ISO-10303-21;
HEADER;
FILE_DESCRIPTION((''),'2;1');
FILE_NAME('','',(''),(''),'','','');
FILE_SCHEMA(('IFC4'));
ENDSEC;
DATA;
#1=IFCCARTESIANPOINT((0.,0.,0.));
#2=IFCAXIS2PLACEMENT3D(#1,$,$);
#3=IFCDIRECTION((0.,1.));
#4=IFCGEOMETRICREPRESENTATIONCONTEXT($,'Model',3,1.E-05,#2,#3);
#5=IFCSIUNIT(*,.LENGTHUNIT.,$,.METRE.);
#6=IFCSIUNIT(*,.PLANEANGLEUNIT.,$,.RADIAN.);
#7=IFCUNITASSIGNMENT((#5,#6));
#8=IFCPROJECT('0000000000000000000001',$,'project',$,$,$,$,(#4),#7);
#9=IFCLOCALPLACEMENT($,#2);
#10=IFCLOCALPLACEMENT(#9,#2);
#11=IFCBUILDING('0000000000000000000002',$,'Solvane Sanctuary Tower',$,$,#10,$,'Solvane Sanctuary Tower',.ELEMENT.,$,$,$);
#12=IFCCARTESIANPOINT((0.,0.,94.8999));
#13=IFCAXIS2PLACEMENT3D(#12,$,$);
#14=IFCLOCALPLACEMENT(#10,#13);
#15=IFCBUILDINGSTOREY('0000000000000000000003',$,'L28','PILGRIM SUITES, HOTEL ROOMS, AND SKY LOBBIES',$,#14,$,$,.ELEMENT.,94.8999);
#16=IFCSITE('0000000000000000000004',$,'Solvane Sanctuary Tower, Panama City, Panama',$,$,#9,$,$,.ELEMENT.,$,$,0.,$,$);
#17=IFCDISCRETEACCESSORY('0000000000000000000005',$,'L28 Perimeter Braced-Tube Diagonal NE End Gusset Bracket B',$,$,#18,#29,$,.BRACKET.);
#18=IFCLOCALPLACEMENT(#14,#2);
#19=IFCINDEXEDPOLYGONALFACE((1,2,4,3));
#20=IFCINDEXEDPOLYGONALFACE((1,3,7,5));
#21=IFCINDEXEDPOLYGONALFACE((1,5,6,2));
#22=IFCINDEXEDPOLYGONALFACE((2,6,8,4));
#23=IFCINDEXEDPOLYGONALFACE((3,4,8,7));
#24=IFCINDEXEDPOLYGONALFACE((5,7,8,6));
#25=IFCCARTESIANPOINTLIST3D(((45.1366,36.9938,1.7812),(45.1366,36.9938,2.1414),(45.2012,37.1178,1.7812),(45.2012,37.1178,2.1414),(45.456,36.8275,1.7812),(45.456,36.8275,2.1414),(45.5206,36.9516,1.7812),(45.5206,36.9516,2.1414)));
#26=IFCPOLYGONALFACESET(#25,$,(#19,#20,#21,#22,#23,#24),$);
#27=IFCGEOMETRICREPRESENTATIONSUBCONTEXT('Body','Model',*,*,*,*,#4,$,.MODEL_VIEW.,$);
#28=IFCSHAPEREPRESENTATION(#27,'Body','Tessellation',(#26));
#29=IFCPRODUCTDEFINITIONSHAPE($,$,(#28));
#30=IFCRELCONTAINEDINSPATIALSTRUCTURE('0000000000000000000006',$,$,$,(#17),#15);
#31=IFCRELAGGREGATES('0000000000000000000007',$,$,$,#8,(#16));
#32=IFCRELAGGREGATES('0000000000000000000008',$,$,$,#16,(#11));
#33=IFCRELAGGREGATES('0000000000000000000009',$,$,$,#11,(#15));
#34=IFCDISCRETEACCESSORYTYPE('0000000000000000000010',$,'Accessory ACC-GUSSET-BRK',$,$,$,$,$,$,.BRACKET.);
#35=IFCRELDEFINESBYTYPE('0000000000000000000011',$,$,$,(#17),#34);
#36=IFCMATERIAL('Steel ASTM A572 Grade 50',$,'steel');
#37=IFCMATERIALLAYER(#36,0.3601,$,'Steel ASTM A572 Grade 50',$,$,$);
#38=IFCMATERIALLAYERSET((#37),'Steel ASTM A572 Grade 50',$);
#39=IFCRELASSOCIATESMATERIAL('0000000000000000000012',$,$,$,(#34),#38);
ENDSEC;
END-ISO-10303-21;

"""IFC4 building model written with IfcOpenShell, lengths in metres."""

from ifc_helpers import new_model, si_unit, direction, frame, origin, origin_2d, place, context, subcontext, project, spatial, rectangle, extrude, material, layer, layer_set, type_object, element, save


model = new_model("IFC4")

# Units and contexts
model_context = context("Model", 3, precision=1e-05, world=origin(), true_north=direction((0.0, 1.0)))
body_context = subcontext(model_context, "Body", "Model", "MODEL_VIEW")
ifc_project = project(units=[si_unit("LENGTHUNIT", "METRE"), si_unit("PLANEANGLEUNIT", "RADIAN")], contexts=[model_context])

# Site, building, storey
site_placement = place(None, origin())
site = spatial("IfcSite", under=ifc_project, at=site_placement, Name="Solvane Sanctuary Tower, Panama City, Panama", CompositionType="ELEMENT", RefElevation=0.0)
building_placement = place(site_placement, origin())
building = spatial("IfcBuilding", under=site, at=building_placement, Name="Solvane Sanctuary Tower", LongName="Solvane Sanctuary Tower", CompositionType="ELEMENT")
storey_placement = place(building_placement, frame((0.0, 0.0, 94.8999)))
storey = spatial("IfcBuildingStorey", under=building, at=storey_placement, Name="L28", Description="PILGRIM SUITES, HOTEL ROOMS, AND SKY LOBBIES", CompositionType="ELEMENT", Elevation=94.8999)

# Discrete accessory
ifc_material_1 = material(Name="Steel ASTM A572 Grade 50", Category="steel")
ifc_layer_1 = layer(ifc_material_1, 0.3601, Name="Steel ASTM A572 Grade 50")
ifc_layer_set_1 = layer_set([ifc_layer_1], Name="Steel ASTM A572 Grade 50")
discrete_accessory_type = type_object("IfcDiscreteAccessoryType", Name="Accessory ACC-GUSSET-BRK", PredefinedType="BRACKET", material=ifc_layer_set_1)
for number, where, z_axis, x_axis, name in (
    (1, (45.3286, 36.9727, 1.7812), (0.0, 0.0, 1.0), (-0.887011, 0.461749, 0.0), "L28 Perimeter Braced-Tube Diagonal NE End Gusset Bracket B"),
):
    element("IfcDiscreteAccessory", number, at=place(storey_placement, frame(where, z_axis=z_axis, x_axis=x_axis)), inside=storey, type_object=discrete_accessory_type, Name=name, PredefinedType="BRACKET", context=body_context, shape_type="SweptSolid", body=[
        extrude(rectangle(XDim=0.3601, YDim=0.1399, at=origin_2d()), origin(), (0.0, 0.0, 1.0), 0.3601),
    ])

save(model, "model.ifc")
